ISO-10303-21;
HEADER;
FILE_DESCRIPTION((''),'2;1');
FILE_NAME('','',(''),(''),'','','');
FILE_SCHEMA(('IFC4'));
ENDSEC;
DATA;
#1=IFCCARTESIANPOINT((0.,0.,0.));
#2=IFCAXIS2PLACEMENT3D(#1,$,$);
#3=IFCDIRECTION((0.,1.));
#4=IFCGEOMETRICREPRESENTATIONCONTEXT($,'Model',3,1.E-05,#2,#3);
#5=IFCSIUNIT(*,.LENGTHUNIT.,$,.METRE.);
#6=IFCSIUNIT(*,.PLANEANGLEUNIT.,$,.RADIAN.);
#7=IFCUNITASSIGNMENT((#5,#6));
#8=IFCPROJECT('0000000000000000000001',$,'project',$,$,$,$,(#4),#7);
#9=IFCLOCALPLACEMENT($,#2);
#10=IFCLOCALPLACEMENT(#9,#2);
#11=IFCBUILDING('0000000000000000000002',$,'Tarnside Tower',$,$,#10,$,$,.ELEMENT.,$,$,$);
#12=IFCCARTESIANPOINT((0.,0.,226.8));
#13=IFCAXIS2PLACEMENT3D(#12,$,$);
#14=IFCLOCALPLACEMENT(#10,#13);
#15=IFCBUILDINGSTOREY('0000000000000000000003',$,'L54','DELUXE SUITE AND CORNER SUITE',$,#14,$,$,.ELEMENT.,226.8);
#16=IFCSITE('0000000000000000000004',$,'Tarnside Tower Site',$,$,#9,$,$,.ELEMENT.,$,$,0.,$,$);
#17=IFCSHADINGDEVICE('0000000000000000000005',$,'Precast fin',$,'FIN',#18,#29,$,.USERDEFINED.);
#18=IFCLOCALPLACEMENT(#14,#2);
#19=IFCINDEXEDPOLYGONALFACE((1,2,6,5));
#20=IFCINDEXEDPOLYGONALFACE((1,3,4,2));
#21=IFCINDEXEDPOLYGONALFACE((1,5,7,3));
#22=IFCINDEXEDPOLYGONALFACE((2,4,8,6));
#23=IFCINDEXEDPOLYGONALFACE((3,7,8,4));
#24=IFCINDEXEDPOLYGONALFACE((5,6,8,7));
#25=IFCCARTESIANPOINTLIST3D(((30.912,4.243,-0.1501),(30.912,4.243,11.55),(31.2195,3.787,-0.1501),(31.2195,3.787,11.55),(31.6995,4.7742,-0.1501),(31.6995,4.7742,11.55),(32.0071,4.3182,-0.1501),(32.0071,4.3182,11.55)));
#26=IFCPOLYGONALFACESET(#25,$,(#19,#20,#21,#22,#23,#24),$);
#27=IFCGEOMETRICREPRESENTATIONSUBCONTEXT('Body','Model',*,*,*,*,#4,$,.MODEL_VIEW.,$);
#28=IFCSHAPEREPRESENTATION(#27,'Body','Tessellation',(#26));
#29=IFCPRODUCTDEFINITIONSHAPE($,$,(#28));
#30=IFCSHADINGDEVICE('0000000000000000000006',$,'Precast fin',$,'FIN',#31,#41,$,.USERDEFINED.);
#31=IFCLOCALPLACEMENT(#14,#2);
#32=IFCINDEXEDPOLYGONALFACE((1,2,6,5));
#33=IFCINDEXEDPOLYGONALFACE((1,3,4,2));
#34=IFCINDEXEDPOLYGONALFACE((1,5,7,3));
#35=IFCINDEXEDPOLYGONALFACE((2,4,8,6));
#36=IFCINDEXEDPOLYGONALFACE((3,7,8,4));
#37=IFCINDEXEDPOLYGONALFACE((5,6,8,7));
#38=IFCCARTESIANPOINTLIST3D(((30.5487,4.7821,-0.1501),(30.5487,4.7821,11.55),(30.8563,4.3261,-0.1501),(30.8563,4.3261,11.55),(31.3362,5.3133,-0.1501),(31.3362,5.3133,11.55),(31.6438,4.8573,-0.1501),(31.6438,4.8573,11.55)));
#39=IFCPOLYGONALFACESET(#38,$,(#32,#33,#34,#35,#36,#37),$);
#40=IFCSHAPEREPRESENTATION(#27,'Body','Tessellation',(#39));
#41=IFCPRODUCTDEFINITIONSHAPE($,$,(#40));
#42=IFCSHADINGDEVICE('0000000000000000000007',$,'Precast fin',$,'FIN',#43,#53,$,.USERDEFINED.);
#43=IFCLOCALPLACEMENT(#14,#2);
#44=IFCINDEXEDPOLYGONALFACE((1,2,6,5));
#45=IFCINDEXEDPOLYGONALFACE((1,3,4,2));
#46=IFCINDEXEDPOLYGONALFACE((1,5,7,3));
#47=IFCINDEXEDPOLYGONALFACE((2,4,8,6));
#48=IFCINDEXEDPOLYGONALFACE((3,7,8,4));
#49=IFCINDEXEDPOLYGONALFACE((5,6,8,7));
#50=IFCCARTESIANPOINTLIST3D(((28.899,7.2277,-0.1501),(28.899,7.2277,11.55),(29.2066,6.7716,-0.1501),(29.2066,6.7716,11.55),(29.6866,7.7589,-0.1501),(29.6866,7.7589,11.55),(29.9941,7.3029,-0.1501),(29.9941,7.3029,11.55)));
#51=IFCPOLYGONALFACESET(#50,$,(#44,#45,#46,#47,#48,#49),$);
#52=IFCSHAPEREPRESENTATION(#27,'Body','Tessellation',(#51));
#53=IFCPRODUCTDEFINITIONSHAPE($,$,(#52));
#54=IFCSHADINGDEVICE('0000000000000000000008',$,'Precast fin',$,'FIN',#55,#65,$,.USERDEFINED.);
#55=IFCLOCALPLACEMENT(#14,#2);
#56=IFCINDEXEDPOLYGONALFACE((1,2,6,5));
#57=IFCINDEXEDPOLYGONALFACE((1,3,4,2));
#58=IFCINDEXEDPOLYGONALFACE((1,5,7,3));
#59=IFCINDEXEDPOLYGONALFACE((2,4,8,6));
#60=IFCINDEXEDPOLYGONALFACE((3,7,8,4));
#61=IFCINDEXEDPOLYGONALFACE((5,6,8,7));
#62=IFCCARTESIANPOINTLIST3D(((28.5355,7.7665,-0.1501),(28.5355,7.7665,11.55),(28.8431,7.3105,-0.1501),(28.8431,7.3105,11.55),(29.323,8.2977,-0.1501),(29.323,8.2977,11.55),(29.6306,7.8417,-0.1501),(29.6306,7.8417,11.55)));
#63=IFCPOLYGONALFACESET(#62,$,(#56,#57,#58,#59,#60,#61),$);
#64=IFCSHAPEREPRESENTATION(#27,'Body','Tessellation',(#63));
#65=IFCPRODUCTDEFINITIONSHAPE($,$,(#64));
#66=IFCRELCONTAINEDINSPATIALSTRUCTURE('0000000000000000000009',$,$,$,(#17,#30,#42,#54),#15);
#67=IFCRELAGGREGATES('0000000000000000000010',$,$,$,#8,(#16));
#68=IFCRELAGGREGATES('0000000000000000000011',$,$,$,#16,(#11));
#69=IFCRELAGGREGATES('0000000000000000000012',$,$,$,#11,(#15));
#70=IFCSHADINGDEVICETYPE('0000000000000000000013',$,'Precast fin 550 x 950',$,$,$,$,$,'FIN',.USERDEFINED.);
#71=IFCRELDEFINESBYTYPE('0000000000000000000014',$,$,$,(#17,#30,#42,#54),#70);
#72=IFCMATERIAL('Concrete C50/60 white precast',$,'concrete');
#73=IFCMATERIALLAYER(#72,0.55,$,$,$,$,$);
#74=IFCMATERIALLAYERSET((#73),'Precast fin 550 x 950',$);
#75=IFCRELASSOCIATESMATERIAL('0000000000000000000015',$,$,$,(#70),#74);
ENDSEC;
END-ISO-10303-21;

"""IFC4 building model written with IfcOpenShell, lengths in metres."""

from ifc_helpers import new_model, si_unit, direction, frame, origin, place, context, subcontext, project, spatial, polyline, outline, extrude, material, layer, layer_set, type_object, element, save


model = new_model("IFC4")

# Units and contexts
model_context = context("Model", 3, precision=1e-05, world=origin(), true_north=direction((0.0, 1.0)))
body_context = subcontext(model_context, "Body", "Model", "MODEL_VIEW")
ifc_project = project(units=[si_unit("LENGTHUNIT", "METRE"), si_unit("PLANEANGLEUNIT", "RADIAN")], contexts=[model_context])

# Site, building, storey
site_placement = place(None, origin())
site = spatial("IfcSite", under=ifc_project, at=site_placement, Name="Tarnside Tower Site", CompositionType="ELEMENT", RefElevation=0.0)
building_placement = place(site_placement, origin())
building = spatial("IfcBuilding", under=site, at=building_placement, Name="Tarnside Tower", CompositionType="ELEMENT")
storey_placement = place(building_placement, frame((0.0, 0.0, 226.8)))
storey = spatial("IfcBuildingStorey", under=building, at=storey_placement, Name="L54", Description="DELUXE SUITE AND CORNER SUITE", CompositionType="ELEMENT", Elevation=226.8)

# Shading devices
ifc_material_1 = material(Name="Concrete C50/60 white precast", Category="concrete")
ifc_layer_1 = layer(ifc_material_1, 0.55)
ifc_layer_set_1 = layer_set([ifc_layer_1], Name="Precast fin 550 x 950")
shading_device_type_1 = type_object("IfcShadingDeviceType", Name="Precast fin 550 x 950", ElementType="FIN", PredefinedType="USERDEFINED", material=ifc_layer_set_1)
for number, where, z_axis, x_axis, name in (
    (1, (31.0657, 4.0151, -0.1501), (0.559193, -0.829038, 0.0), (0.829038, 0.559193, 0.0), "Precast fin"),
    (2, (30.7024, 4.5542, -0.1501), (0.559193, -0.829038, 0.0), (0.829038, 0.559193, 0.0), "Precast fin"),
    (3, (29.0527, 6.9998, -0.1501), (0.559193, -0.829038, 0.0), (0.829038, 0.559193, 0.0), "Precast fin"),
    (4, (28.6892, 7.5386, -0.1501), (0.559193, -0.829038, 0.0), (0.829038, 0.559193, 0.0), "Precast fin"),
):
    element("IfcShadingDevice", number, at=place(storey_placement, frame(where, z_axis=z_axis, x_axis=x_axis)), inside=storey, type_object=shading_device_type_1, Name=name, ObjectType="FIN", PredefinedType="USERDEFINED", context=body_context, shape_type="SweptSolid", body=[
        extrude(outline(polyline([(0.0, 0.0), (0.95, 0.0), (0.95, 11.7002), (0.0, 11.7002), (0.0, 0.0)])), frame((0.0, 0.0, -0.2749)), (0.0, 0.0, 1.0), 0.55),
    ])

save(model, "model.ifc")
